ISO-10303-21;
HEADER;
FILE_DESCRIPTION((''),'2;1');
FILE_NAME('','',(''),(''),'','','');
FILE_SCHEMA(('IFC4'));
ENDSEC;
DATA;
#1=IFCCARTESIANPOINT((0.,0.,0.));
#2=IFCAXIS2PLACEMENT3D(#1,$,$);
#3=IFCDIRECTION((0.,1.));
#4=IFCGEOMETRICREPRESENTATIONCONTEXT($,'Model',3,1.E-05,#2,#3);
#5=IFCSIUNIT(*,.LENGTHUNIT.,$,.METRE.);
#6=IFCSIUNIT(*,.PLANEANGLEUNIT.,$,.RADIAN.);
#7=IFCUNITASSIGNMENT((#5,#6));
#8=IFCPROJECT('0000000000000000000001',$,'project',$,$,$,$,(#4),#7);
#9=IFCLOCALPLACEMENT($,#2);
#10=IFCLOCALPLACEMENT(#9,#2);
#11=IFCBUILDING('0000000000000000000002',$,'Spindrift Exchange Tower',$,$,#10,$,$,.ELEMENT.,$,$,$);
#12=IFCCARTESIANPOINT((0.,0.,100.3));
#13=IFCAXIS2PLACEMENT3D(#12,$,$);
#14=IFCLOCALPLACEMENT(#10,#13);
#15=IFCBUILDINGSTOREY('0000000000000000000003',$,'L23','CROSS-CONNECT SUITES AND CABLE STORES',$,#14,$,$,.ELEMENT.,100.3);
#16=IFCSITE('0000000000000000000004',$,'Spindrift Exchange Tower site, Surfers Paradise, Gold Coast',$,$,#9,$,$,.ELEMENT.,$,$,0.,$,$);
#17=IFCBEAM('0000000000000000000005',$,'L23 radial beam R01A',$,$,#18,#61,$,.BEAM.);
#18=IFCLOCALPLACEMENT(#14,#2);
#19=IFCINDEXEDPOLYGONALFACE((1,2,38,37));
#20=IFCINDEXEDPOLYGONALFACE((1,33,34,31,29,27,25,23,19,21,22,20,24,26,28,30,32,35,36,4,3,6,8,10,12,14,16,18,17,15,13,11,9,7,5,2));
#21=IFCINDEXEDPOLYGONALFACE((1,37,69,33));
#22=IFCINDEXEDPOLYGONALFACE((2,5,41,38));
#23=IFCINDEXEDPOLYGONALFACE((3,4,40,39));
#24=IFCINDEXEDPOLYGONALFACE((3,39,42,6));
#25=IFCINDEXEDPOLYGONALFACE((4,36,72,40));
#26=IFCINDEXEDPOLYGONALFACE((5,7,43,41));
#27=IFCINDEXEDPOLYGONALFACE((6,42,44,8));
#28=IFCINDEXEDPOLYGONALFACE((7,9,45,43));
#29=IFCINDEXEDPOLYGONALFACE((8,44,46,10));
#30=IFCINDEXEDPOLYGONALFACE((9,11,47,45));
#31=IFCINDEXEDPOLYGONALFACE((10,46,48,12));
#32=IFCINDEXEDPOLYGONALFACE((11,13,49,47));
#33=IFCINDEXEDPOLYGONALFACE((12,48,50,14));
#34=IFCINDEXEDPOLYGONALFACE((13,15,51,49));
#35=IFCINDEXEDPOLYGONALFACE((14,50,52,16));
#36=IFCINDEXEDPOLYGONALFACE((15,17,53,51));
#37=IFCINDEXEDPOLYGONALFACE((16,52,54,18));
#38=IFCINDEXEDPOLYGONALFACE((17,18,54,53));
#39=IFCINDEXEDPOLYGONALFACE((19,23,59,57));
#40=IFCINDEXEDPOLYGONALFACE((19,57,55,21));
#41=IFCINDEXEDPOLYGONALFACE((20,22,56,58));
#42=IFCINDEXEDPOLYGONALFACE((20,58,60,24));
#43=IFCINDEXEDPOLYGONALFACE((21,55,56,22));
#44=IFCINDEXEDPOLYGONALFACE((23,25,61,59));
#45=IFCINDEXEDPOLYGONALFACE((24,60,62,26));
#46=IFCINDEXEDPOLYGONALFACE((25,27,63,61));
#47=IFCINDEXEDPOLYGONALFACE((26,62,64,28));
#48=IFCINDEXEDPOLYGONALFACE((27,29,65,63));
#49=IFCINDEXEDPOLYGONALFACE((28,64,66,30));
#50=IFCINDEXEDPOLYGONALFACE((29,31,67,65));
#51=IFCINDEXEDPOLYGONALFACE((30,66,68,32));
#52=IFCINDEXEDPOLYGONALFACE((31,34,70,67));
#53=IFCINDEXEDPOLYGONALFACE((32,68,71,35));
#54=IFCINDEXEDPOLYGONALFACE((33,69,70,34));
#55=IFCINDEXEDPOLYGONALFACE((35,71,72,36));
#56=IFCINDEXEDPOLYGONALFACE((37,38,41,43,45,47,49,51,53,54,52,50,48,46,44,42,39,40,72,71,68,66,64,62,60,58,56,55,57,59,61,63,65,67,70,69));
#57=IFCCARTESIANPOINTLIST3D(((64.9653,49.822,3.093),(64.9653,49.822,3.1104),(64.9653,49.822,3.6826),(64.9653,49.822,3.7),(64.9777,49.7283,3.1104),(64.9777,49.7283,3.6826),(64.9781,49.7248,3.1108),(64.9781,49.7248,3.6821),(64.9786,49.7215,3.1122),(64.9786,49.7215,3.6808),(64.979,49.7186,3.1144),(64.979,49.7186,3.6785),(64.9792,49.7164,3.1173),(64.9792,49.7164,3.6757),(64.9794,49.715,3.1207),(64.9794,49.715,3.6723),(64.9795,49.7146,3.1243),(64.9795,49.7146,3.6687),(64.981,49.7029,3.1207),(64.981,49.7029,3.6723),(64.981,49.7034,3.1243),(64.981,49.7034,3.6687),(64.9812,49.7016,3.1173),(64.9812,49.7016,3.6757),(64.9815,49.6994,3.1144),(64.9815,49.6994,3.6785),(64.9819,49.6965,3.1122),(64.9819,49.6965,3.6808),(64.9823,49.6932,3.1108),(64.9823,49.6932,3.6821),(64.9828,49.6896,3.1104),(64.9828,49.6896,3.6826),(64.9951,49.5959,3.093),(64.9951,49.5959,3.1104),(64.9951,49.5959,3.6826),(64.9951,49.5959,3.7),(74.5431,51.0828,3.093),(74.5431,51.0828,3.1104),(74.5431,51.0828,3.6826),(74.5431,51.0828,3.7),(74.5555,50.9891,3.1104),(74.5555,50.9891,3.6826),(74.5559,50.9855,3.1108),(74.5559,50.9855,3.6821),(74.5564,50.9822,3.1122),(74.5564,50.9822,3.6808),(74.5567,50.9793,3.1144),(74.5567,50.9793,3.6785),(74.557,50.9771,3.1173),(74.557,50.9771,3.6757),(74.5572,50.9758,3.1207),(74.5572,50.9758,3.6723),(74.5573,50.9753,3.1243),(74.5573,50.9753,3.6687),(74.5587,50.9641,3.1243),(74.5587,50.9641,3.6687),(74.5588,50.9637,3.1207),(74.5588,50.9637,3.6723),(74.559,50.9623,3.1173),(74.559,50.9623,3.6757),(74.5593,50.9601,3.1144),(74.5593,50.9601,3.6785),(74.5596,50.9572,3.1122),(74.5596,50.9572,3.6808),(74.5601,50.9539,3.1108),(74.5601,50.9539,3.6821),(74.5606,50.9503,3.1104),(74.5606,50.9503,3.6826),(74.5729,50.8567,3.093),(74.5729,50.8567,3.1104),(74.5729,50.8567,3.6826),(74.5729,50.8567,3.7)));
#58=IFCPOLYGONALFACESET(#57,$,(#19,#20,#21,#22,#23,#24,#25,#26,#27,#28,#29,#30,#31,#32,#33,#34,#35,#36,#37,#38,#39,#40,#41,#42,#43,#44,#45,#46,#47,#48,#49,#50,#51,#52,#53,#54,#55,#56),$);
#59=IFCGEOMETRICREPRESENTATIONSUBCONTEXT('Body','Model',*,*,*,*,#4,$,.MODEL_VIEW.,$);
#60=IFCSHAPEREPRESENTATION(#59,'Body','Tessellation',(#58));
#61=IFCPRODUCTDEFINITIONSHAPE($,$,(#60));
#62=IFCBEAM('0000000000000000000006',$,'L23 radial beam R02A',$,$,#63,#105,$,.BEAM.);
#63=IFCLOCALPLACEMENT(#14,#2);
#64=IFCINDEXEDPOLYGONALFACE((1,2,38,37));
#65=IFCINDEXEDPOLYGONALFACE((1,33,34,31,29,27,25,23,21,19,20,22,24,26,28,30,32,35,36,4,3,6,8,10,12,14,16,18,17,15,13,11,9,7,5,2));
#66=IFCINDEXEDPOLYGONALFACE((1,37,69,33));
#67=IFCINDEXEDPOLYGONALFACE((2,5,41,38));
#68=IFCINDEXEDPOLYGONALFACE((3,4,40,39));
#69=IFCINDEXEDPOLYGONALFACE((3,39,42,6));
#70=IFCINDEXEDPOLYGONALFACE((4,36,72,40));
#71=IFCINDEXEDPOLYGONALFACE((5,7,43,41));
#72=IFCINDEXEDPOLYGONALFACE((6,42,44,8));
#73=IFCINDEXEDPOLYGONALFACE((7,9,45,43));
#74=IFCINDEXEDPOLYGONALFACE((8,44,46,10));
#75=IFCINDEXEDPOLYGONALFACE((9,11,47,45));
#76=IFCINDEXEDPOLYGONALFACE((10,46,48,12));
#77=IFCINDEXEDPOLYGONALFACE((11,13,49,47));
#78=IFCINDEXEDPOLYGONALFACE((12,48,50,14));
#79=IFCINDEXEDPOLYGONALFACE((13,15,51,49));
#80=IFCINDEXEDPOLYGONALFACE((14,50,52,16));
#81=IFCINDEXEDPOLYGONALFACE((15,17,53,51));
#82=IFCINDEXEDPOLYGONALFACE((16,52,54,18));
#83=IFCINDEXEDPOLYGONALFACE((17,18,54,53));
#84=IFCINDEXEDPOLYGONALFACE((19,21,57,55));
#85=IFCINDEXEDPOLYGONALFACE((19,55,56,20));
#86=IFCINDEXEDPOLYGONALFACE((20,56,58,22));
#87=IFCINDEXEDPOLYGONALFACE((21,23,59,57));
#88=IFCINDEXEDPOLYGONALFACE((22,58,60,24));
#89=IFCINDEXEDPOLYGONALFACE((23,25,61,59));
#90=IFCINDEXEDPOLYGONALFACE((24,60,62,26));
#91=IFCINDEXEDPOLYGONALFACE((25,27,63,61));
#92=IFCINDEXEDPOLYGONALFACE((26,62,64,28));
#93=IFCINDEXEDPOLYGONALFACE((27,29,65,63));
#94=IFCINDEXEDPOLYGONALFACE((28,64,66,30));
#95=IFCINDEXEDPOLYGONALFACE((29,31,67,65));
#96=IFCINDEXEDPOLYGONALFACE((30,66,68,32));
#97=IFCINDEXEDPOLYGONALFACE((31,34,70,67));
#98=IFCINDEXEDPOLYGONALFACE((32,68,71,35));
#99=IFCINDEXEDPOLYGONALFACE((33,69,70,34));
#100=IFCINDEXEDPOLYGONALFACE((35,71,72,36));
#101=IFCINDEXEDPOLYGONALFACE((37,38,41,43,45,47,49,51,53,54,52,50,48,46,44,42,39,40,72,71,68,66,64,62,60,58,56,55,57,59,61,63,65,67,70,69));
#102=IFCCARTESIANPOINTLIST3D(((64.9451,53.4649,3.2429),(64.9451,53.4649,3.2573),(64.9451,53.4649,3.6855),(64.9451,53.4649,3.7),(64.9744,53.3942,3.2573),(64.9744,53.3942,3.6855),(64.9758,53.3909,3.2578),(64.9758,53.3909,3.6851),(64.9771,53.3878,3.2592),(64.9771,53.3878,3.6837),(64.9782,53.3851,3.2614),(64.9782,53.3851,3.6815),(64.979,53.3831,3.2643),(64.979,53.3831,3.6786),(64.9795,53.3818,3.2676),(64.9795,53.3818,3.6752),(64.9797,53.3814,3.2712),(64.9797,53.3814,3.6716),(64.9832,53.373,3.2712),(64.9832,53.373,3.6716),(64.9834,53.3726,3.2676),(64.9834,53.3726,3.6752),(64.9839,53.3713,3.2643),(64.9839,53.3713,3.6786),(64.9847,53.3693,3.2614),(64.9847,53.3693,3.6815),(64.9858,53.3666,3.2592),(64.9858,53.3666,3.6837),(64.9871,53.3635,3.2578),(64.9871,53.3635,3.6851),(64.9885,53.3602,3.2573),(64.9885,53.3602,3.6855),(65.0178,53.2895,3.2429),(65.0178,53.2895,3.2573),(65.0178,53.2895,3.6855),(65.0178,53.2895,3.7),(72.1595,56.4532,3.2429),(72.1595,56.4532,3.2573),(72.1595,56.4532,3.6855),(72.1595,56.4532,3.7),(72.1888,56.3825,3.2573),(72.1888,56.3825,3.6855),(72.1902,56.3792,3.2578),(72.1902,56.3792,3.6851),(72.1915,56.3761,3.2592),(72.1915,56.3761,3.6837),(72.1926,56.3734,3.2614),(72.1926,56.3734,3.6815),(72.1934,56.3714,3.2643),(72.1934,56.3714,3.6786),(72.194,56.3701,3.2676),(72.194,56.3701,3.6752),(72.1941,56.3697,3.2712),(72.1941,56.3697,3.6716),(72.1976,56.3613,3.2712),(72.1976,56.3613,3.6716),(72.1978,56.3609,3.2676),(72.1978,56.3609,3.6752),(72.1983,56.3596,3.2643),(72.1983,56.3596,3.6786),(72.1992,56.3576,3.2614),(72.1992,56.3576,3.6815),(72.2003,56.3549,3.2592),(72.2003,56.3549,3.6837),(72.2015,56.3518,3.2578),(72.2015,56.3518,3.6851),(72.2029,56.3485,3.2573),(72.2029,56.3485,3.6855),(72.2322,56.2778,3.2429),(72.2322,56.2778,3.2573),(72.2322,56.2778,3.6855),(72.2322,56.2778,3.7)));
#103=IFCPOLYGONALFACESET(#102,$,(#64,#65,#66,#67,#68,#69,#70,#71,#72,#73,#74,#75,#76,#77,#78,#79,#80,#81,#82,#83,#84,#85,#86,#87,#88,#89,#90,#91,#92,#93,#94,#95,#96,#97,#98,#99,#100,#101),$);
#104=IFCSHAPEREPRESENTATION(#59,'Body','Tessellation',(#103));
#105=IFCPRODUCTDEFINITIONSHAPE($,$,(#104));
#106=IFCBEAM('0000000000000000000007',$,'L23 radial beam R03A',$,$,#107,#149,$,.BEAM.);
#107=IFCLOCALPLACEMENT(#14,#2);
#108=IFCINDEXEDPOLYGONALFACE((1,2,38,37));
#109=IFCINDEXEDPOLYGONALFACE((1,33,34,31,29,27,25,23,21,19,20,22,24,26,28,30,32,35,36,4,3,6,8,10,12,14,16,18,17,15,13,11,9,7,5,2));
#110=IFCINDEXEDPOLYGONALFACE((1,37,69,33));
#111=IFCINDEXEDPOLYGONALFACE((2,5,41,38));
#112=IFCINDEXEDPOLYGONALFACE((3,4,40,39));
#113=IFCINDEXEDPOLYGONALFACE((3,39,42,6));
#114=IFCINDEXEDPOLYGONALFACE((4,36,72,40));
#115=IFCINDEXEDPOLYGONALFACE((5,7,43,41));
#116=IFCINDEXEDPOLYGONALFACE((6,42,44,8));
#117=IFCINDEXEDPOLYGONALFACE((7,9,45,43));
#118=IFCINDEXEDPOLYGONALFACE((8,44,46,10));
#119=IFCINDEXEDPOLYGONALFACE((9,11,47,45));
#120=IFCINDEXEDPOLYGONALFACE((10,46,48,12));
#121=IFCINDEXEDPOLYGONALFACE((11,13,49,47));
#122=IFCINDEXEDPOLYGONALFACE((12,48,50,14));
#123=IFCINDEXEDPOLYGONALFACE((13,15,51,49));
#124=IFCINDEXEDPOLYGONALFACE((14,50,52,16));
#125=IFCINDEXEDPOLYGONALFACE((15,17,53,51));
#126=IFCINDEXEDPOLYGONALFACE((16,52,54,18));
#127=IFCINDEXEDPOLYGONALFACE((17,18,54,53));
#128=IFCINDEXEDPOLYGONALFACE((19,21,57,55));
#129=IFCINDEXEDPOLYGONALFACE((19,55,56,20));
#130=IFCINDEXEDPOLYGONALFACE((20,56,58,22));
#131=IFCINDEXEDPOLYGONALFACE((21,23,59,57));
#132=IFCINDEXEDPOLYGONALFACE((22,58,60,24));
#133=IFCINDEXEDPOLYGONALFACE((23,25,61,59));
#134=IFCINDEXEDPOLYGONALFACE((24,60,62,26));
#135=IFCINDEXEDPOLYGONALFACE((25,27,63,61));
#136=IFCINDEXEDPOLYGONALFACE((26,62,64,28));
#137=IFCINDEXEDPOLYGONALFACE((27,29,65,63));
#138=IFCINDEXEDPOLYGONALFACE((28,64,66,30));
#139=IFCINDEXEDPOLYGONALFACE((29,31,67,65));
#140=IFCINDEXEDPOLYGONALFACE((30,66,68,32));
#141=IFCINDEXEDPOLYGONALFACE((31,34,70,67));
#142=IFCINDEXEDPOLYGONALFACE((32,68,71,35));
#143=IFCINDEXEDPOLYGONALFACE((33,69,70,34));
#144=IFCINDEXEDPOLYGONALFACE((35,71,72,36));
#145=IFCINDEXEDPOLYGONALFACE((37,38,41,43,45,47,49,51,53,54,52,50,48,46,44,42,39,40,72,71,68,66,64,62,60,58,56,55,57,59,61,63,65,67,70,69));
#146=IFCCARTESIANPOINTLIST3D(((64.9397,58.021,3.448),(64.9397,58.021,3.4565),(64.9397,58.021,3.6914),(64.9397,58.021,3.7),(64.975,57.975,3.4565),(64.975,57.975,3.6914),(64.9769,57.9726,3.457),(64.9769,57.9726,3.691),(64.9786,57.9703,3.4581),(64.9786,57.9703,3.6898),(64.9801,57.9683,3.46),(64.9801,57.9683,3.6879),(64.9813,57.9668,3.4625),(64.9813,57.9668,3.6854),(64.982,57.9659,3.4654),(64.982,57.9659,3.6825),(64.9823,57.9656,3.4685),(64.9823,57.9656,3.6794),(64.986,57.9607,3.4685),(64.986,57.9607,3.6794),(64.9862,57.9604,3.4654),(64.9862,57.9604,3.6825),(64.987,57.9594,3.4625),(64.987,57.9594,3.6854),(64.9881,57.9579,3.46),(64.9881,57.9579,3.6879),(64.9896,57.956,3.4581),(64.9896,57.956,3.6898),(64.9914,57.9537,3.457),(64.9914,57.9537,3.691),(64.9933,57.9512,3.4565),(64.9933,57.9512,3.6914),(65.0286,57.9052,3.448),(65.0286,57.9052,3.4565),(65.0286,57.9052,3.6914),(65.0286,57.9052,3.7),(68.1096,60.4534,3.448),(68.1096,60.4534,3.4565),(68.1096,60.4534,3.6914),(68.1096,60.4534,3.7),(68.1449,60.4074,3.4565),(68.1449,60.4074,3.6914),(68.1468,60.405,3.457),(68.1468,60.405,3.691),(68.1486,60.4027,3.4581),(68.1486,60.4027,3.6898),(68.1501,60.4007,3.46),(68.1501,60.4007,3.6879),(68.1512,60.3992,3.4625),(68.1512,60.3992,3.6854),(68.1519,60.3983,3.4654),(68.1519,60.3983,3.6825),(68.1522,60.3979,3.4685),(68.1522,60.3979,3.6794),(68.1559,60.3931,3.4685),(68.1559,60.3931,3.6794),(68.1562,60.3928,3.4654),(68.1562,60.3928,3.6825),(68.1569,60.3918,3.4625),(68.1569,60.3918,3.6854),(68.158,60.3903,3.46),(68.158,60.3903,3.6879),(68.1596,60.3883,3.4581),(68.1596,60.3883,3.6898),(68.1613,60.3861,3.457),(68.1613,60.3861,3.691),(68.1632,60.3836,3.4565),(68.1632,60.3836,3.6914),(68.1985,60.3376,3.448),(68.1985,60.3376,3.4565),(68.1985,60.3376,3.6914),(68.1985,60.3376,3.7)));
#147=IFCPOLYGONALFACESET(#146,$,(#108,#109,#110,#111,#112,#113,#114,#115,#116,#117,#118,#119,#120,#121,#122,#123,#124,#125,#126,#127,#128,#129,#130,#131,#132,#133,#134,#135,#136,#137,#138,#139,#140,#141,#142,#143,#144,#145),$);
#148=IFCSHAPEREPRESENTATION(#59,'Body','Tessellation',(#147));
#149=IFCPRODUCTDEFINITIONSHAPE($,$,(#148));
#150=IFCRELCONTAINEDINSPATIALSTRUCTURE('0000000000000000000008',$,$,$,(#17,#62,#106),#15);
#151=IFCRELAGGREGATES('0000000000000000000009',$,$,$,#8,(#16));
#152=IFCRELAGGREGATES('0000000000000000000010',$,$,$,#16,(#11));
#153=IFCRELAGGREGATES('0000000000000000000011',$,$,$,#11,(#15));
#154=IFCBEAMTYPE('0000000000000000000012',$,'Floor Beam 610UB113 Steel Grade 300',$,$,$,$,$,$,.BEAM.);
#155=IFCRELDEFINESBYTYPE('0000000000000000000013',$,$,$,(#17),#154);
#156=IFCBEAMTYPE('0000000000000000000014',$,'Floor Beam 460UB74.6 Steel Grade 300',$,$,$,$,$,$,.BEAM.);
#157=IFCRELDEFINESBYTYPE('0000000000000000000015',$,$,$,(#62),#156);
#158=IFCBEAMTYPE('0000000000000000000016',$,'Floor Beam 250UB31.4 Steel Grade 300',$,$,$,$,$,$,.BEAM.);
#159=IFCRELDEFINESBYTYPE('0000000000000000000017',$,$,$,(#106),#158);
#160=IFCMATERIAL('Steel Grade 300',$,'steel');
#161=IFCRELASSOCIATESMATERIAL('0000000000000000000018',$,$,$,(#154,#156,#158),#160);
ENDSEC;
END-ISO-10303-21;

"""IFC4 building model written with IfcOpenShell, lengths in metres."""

from ifc_helpers import new_model, si_unit, direction, frame, origin, origin_2d, place, context, subcontext, project, spatial, i_section, extrude, source, transform, mapped, material, material_profile, profile_set, type_object, element, save


model = new_model("IFC4")

# Units and contexts
model_context = context("Model", 3, precision=1e-05, world=origin(), true_north=direction((0.0, 1.0)))
body_context = subcontext(model_context, "Body", "Model", "MODEL_VIEW")
ifc_project = project(units=[si_unit("LENGTHUNIT", "METRE"), si_unit("PLANEANGLEUNIT", "RADIAN")], contexts=[model_context])

# Site, building, storey
site_placement = place(None, origin())
site = spatial("IfcSite", under=ifc_project, at=site_placement, Name="Spindrift Exchange Tower site, Surfers Paradise, Gold Coast", CompositionType="ELEMENT", RefElevation=0.0)
building_placement = place(site_placement, origin())
building = spatial("IfcBuilding", under=site, at=building_placement, Name="Spindrift Exchange Tower", CompositionType="ELEMENT")
storey_placement = place(building_placement, frame((0.0, 0.0, 100.3)))
storey = spatial("IfcBuildingStorey", under=building, at=storey_placement, Name="L23", Description="CROSS-CONNECT SUITES AND CABLE STORES", CompositionType="ELEMENT", Elevation=100.3)

# Beams
ifc_material_1 = material(Name="Steel Grade 300", Category="steel")
ifc_material_profile_1 = material_profile(ifc_material_1, i_section(OverallWidth=0.228, OverallDepth=0.6069, WebThickness=0.0112, FlangeThickness=0.0173, FilletRadius=0.0139, at=origin_2d()), Name="610UB113")
ifc_profile_set_1 = profile_set([ifc_material_profile_1], Name="Steel Grade 300")
beam_type_1 = type_object("IfcBeamType", Name="Floor Beam 610UB113 Steel Grade 300", PredefinedType="BEAM", material=ifc_profile_set_1)
shared_shape_1 = source(origin(), body_context, "Body", "SweptSolid", [
    extrude(i_section(OverallWidth=0.228, OverallDepth=0.6069, WebThickness=0.0112, FlangeThickness=0.0173, FilletRadius=0.0139, at=origin_2d()), origin(), (0.0, 0.0, 1.0), 9.6604),
])
beam_1_placement = place(storey_placement, frame((64.9802, 49.709, 3.3965), z_axis=(0.991448, 0.130505, 0.0), x_axis=(-0.130505, 0.991448, 0.0)))
element("IfcBeam", 1, at=beam_1_placement, inside=storey, type_object=beam_type_1, Name="L23 radial beam R01A", PredefinedType="BEAM", context=body_context, shape_type="MappedRepresentation", body=[
    mapped(shared_shape_1, transform((0.0, 0.0, 0.0), scale=1.0)),
])
ifc_material_profile_2 = material_profile(ifc_material_1, i_section(OverallWidth=0.1899, OverallDepth=0.457, WebThickness=0.009, FlangeThickness=0.0144, FilletRadius=0.0139, at=origin_2d()), Name="460UB74.6")
ifc_profile_set_2 = profile_set([ifc_material_profile_2], Name="Steel Grade 300")
beam_type_2 = type_object("IfcBeamType", Name="Floor Beam 460UB74.6 Steel Grade 300", PredefinedType="BEAM", material=ifc_profile_set_2)
shared_shape_2 = source(origin(), body_context, "Body", "SweptSolid", [
    extrude(i_section(OverallWidth=0.1899, OverallDepth=0.457, WebThickness=0.009, FlangeThickness=0.0144, FilletRadius=0.0139, at=origin_2d()), origin(), (0.0, 0.0, 1.0), 7.8088),
])
beam_2_placement = place(storey_placement, frame((64.9814, 53.3772, 3.4714), z_axis=(0.92388, 0.382683, 0.0), x_axis=(-0.382683, 0.92388, 0.0)))
element("IfcBeam", 2, at=beam_2_placement, inside=storey, type_object=beam_type_2, Name="L23 radial beam R02A", PredefinedType="BEAM", context=body_context, shape_type="MappedRepresentation", body=[
    mapped(shared_shape_2, transform((0.0, 0.0, 0.0), scale=1.0)),
])
ifc_material_profile_3 = material_profile(ifc_material_1, i_section(OverallWidth=0.146, OverallDepth=0.252, WebThickness=0.0061, FlangeThickness=0.0085, FilletRadius=0.012, at=origin_2d()), Name="250UB31.4")
ifc_profile_set_3 = profile_set([ifc_material_profile_3], Name="Steel Grade 300")
beam_type_3 = type_object("IfcBeamType", Name="Floor Beam 250UB31.4 Steel Grade 300", PredefinedType="BEAM", material=ifc_profile_set_3)
shared_shape_3 = source(origin(), body_context, "Body", "SweptSolid", [
    extrude(i_section(OverallWidth=0.146, OverallDepth=0.252, WebThickness=0.0061, FlangeThickness=0.0085, FilletRadius=0.012, at=origin_2d()), origin(), (0.0, 0.0, 1.0), 3.9956),
])
beam_3_placement = place(storey_placement, frame((64.9841, 57.9631, 3.574), z_axis=(0.793353, 0.608762, 0.0), x_axis=(-0.608762, 0.793353, 0.0)))
element("IfcBeam", 3, at=beam_3_placement, inside=storey, type_object=beam_type_3, Name="L23 radial beam R03A", PredefinedType="BEAM", context=body_context, shape_type="MappedRepresentation", body=[
    mapped(shared_shape_3, transform((0.0, 0.0, 0.0), scale=1.0)),
])

save(model, "model.ifc")
